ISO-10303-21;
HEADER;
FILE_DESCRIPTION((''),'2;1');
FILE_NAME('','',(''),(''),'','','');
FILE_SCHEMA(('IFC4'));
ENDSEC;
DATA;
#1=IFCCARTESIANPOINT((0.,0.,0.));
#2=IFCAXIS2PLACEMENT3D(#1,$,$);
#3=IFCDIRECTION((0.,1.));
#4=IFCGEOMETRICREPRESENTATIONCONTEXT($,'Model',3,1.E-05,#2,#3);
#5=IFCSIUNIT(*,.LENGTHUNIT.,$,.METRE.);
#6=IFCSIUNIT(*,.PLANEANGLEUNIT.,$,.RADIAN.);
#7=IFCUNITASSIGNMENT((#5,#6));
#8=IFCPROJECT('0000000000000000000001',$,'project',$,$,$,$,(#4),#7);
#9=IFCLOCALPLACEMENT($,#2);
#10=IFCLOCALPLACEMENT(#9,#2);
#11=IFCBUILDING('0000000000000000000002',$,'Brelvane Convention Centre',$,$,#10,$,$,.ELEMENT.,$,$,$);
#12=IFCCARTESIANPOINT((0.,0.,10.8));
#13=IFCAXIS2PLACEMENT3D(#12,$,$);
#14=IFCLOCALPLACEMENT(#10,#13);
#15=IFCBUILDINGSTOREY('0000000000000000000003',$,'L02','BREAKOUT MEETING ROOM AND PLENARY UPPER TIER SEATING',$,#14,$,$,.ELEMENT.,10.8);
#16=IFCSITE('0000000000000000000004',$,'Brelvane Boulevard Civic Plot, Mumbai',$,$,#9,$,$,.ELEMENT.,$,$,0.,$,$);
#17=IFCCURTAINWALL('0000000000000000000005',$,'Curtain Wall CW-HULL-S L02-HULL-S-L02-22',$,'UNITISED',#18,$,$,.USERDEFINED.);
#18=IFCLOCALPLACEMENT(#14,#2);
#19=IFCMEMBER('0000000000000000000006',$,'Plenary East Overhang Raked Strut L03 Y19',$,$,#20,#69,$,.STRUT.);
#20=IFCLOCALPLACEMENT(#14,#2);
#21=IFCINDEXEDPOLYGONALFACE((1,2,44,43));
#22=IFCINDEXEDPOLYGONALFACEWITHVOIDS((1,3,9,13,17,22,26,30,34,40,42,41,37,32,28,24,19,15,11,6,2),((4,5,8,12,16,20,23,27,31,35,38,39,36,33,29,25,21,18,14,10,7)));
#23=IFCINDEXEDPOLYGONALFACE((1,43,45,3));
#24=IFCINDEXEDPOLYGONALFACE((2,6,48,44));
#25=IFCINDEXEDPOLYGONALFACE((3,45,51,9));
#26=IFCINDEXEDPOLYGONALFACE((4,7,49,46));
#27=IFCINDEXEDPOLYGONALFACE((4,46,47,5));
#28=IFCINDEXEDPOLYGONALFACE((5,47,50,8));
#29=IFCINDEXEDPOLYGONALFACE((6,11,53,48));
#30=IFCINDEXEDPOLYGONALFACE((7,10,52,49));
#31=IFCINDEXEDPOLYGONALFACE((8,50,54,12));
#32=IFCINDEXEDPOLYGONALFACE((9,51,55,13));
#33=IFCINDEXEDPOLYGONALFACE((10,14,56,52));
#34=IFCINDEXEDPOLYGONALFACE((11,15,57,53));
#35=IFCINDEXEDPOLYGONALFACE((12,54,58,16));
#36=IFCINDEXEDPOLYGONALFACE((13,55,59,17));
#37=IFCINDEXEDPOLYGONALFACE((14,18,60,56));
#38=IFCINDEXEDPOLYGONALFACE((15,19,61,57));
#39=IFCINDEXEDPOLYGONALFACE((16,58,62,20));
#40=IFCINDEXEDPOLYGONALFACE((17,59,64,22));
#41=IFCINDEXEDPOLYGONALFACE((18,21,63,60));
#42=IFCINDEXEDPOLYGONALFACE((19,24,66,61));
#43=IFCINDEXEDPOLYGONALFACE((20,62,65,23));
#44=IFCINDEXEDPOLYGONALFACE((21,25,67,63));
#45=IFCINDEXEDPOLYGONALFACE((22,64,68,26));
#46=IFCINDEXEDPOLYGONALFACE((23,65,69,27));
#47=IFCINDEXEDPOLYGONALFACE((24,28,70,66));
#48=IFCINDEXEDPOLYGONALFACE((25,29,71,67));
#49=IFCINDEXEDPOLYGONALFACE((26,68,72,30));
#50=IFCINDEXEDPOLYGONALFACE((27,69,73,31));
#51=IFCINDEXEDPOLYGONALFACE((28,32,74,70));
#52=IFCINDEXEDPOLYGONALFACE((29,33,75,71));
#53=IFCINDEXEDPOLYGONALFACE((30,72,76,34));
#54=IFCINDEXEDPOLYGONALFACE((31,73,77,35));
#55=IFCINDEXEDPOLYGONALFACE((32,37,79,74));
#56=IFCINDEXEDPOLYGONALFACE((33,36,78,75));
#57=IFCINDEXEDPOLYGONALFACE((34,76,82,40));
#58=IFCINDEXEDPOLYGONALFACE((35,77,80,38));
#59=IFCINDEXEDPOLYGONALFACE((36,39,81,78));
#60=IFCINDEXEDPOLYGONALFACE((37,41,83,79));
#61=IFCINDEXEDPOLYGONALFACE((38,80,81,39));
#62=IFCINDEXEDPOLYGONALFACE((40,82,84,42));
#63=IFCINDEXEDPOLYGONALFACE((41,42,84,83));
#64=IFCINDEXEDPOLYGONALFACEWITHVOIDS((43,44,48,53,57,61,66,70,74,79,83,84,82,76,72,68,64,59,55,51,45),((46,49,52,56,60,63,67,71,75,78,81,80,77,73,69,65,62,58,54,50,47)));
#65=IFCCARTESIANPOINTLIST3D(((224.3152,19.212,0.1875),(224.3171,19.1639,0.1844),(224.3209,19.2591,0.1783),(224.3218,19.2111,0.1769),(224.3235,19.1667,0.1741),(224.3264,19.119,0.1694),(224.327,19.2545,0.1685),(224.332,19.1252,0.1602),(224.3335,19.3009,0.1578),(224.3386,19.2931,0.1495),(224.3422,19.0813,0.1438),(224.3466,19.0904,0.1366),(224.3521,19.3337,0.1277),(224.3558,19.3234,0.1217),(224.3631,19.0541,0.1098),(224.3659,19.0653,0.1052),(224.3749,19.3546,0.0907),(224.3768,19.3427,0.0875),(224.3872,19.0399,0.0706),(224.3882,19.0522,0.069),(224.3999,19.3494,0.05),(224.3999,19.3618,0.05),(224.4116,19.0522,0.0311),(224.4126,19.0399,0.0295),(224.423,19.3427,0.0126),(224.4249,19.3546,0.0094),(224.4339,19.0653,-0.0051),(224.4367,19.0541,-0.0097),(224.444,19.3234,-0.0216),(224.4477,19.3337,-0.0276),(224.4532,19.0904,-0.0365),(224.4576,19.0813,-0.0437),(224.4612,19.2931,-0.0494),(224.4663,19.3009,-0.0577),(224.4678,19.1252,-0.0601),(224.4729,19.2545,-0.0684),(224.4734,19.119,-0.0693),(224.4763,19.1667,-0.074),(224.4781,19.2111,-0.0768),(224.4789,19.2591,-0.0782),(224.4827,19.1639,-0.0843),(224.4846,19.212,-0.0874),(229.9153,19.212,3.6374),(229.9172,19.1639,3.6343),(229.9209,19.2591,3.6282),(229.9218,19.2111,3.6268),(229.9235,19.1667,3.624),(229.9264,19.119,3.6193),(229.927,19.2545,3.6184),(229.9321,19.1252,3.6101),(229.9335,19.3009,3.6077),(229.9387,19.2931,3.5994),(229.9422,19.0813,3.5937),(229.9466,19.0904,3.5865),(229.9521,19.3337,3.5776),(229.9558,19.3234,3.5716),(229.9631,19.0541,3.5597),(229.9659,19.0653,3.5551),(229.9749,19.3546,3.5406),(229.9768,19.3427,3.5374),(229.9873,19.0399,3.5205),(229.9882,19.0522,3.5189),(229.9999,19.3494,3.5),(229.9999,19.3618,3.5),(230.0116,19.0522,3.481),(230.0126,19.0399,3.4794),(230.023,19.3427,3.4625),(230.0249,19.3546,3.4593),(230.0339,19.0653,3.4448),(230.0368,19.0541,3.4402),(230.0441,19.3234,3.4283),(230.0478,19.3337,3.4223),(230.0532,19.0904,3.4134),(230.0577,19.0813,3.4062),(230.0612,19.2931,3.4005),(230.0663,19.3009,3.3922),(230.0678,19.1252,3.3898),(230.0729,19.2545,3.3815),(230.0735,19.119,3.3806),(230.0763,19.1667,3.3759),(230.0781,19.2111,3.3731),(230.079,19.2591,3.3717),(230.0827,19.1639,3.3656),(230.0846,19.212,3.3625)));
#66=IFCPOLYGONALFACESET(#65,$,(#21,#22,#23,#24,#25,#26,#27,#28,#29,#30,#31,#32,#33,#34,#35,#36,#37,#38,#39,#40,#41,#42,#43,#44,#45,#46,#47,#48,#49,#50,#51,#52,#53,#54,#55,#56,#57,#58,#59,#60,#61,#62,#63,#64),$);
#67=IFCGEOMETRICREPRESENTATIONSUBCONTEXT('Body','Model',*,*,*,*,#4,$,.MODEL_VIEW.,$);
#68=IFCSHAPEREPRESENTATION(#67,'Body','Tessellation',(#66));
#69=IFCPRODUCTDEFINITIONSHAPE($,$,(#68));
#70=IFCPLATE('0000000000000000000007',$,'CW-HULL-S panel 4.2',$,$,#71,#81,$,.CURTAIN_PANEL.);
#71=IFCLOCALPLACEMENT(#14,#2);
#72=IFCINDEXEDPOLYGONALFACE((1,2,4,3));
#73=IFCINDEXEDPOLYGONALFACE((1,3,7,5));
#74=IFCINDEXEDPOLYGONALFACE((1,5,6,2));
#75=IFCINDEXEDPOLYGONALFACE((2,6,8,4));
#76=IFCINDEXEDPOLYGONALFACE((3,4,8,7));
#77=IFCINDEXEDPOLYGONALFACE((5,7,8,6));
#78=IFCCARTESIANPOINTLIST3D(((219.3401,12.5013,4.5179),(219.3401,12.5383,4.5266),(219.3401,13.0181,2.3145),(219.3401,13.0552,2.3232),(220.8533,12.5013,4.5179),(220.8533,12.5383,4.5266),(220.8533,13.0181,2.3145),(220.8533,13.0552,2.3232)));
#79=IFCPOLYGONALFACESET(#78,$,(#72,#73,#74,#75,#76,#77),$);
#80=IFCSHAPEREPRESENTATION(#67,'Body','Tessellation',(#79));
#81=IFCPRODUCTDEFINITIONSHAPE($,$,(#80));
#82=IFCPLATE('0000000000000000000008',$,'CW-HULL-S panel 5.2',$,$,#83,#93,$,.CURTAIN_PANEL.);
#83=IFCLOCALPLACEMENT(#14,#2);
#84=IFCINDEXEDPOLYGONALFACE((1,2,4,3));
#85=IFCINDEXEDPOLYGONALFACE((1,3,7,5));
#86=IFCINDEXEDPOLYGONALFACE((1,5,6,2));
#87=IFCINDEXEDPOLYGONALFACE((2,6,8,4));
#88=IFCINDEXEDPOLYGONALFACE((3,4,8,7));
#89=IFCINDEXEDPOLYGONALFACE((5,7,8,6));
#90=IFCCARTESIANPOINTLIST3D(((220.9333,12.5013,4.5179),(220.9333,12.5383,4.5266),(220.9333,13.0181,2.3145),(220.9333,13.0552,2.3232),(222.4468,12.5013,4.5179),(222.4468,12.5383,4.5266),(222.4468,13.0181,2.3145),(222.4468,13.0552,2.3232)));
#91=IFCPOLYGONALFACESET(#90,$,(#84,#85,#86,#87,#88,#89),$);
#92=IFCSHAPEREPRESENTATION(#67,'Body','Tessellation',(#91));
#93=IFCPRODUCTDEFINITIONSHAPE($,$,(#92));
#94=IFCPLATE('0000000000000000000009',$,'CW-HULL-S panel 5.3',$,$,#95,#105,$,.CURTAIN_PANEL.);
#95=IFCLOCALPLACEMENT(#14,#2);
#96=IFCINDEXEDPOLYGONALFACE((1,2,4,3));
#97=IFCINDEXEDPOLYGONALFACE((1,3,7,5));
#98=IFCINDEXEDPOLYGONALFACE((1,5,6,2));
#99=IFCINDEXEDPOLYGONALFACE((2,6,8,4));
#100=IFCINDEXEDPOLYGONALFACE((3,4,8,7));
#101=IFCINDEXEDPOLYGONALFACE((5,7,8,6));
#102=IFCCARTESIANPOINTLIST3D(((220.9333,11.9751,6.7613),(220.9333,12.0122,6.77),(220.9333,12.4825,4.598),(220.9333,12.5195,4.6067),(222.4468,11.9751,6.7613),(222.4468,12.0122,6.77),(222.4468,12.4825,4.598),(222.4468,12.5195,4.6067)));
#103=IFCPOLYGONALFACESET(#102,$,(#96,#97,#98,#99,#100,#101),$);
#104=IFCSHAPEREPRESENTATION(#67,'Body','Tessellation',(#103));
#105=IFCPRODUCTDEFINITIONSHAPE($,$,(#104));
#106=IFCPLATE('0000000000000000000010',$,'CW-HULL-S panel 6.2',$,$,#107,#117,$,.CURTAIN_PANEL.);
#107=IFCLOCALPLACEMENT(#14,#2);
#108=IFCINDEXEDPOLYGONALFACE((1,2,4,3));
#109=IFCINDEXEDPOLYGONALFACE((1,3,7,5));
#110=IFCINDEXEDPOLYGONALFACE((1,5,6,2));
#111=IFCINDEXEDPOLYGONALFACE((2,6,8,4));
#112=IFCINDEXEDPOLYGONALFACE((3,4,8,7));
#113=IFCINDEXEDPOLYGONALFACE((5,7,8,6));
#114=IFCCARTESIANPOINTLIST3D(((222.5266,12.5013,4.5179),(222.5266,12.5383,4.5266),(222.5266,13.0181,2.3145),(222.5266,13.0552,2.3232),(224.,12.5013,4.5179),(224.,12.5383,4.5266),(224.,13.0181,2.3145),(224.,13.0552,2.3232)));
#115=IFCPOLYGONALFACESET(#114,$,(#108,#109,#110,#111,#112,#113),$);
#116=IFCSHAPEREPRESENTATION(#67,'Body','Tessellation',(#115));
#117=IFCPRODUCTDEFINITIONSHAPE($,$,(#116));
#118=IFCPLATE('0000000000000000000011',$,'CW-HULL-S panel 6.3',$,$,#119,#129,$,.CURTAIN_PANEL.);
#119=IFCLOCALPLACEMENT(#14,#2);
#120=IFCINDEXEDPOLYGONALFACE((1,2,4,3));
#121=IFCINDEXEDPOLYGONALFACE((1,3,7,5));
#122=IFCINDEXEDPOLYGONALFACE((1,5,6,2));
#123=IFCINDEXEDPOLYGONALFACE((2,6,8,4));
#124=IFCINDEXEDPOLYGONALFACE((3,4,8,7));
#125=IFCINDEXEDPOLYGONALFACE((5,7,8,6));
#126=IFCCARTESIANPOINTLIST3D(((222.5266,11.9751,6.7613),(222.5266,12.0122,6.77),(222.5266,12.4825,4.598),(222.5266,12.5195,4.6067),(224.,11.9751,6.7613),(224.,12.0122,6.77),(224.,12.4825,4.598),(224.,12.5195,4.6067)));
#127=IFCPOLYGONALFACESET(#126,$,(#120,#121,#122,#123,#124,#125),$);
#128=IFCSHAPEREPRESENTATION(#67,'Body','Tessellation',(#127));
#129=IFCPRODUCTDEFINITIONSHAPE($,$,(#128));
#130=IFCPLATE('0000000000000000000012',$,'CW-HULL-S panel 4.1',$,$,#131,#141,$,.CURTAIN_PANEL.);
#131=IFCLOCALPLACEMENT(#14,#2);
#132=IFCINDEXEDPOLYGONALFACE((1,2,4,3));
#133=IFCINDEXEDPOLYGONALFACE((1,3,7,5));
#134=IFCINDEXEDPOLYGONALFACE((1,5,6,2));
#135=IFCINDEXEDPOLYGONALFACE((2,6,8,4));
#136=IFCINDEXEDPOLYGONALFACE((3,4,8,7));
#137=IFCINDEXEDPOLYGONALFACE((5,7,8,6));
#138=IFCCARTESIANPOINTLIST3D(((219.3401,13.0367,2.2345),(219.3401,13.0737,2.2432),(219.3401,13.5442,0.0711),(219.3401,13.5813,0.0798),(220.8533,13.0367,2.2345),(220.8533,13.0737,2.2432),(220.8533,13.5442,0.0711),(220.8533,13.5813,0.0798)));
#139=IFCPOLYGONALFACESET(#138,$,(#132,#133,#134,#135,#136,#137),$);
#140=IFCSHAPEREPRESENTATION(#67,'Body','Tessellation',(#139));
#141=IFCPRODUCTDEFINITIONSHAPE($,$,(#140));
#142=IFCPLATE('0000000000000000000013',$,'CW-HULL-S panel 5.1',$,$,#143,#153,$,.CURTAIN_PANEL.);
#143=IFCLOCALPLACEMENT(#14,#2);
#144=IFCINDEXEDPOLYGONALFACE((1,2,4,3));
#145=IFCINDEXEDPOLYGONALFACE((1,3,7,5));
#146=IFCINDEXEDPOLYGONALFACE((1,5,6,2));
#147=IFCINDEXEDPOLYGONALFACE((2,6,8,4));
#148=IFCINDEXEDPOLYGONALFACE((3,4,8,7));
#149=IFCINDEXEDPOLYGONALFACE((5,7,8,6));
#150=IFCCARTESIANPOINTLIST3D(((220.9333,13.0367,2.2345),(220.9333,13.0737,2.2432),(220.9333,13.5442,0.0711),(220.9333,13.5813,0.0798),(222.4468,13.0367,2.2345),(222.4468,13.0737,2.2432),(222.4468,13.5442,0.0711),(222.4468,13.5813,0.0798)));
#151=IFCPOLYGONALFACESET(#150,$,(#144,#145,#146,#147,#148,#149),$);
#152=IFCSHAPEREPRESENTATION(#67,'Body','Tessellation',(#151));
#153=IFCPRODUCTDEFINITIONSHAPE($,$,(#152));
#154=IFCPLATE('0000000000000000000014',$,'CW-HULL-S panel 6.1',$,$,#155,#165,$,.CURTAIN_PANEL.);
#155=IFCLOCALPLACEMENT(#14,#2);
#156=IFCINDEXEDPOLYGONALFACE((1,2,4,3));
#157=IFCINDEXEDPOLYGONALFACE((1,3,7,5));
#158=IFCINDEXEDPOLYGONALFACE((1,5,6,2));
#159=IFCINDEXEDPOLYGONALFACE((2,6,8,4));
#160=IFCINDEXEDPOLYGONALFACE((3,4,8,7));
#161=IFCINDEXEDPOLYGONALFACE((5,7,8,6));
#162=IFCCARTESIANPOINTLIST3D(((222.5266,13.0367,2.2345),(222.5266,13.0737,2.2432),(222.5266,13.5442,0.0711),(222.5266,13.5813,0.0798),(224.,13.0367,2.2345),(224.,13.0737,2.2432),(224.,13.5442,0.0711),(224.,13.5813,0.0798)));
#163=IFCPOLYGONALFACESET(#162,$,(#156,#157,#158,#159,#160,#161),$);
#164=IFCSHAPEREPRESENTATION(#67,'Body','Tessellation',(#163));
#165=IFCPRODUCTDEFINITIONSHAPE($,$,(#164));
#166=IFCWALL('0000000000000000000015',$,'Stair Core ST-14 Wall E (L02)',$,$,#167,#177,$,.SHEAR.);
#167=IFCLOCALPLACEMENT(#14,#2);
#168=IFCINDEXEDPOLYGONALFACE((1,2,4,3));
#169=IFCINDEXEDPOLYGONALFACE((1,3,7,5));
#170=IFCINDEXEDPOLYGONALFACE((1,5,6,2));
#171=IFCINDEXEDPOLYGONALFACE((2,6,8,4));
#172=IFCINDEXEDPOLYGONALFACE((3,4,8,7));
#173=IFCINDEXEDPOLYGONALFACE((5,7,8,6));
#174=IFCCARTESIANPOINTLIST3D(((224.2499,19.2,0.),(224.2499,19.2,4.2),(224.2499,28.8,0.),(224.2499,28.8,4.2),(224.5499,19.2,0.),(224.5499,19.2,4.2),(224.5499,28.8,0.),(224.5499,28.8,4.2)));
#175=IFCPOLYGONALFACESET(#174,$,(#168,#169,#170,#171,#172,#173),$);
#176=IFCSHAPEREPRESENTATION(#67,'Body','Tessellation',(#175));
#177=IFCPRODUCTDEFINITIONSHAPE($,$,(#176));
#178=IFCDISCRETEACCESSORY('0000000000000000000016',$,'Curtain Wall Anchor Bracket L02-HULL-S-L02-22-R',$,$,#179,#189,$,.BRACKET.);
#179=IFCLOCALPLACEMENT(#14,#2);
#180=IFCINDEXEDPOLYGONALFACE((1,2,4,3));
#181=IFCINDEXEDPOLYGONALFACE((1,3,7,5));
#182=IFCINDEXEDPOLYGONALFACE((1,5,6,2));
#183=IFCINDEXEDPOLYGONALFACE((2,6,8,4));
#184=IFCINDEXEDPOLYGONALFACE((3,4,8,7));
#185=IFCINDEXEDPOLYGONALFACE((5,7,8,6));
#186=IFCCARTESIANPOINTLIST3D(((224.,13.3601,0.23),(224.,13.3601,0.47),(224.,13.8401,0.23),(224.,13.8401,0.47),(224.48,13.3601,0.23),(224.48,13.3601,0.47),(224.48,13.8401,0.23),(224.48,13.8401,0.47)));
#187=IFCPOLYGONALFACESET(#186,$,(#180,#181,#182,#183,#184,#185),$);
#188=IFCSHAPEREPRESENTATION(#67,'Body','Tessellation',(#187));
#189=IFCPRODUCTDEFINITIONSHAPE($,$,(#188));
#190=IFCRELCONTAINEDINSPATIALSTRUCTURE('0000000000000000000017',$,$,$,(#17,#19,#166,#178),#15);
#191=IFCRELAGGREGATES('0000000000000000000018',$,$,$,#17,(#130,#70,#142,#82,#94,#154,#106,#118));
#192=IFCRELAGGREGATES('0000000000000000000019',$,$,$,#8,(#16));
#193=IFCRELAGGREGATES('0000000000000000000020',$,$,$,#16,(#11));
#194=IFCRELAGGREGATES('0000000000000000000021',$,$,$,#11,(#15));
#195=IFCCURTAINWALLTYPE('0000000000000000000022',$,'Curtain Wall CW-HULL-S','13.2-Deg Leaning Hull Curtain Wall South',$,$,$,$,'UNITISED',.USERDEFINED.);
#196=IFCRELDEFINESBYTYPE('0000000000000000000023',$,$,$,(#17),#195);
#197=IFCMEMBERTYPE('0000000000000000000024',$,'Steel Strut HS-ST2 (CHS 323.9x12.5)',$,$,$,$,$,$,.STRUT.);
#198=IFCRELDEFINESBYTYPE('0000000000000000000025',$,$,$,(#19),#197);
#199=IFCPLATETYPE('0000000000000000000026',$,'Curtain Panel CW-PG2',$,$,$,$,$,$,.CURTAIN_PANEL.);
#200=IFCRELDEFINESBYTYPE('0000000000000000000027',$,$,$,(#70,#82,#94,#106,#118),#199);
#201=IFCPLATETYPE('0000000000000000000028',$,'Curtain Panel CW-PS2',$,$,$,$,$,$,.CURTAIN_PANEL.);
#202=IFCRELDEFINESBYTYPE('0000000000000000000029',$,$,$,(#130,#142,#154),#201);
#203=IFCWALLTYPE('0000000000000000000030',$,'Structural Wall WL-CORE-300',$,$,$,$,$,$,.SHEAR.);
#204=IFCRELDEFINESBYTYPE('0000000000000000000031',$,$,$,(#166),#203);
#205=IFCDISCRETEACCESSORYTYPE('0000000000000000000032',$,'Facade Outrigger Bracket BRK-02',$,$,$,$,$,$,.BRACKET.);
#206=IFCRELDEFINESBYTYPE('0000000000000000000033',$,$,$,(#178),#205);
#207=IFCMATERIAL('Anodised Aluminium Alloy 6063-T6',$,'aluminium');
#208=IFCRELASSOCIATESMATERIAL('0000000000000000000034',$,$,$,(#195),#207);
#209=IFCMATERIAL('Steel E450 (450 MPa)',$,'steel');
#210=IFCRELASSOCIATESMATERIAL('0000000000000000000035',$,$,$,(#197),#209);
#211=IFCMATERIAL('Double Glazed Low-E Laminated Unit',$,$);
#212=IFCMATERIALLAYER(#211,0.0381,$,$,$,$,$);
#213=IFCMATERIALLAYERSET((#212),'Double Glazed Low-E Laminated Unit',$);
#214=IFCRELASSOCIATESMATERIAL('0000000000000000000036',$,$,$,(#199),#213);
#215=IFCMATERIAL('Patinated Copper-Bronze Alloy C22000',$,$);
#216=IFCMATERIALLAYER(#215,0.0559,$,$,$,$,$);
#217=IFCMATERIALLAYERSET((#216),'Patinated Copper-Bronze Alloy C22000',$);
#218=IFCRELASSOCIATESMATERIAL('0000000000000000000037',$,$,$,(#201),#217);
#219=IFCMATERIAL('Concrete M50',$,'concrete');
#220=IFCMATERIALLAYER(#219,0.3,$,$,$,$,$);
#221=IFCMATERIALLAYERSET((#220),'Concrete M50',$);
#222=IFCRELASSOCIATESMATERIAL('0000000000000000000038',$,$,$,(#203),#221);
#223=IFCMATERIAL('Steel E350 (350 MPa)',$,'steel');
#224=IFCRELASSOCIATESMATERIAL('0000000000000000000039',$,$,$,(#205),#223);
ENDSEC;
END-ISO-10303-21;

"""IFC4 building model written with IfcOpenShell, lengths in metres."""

from ifc_helpers import new_model, si_unit, direction, frame, frame_2d, origin, origin_2d, place, context, subcontext, project, spatial, polyline, rectangle, hollow_circle, outline, extrude, material, layer, layer_set, material_profile, profile_set, type_object, element, aggregate, save


model = new_model("IFC4")

# Units and contexts
model_context = context("Model", 3, precision=1e-05, world=origin(), true_north=direction((0.0, 1.0)))
body_context = subcontext(model_context, "Body", "Model", "MODEL_VIEW")
ifc_project = project(units=[si_unit("LENGTHUNIT", "METRE"), si_unit("PLANEANGLEUNIT", "RADIAN")], contexts=[model_context])

# Site, building, storey
site_placement = place(None, origin())
site = spatial("IfcSite", under=ifc_project, at=site_placement, Name="Brelvane Boulevard Civic Plot, Mumbai", CompositionType="ELEMENT", RefElevation=0.0)
building_placement = place(site_placement, origin())
building = spatial("IfcBuilding", under=site, at=building_placement, Name="Brelvane Convention Centre", CompositionType="ELEMENT")
storey_placement = place(building_placement, frame((0.0, 0.0, 10.8)))
storey = spatial("IfcBuildingStorey", under=building, at=storey_placement, Name="L02", Description="BREAKOUT MEETING ROOM AND PLENARY UPPER TIER SEATING", CompositionType="ELEMENT", Elevation=10.8)

# Curtain wall
ifc_material_1 = material(Name="Anodised Aluminium Alloy 6063-T6", Category="aluminium")
curtain_wall_type_1 = type_object("IfcCurtainWallType", Name="Curtain Wall CW-HULL-S", Description="13.2-Deg Leaning Hull Curtain Wall South", ElementType="UNITISED", PredefinedType="USERDEFINED", material=ifc_material_1)
curtain_wall_1_placement = place(storey_placement, origin())
curtain_wall_1 = element("IfcCurtainWall", 1, at=curtain_wall_1_placement, inside=storey, type_object=curtain_wall_type_1, Name="Curtain Wall CW-HULL-S L02-HULL-S-L02-22", ObjectType="UNITISED", PredefinedType="USERDEFINED")

# Member
ifc_material_2 = material(Name="Steel E450 (450 MPa)", Category="steel")
ifc_material_profile_1 = material_profile(ifc_material_2, hollow_circle(Radius=0.1619, WallThickness=0.0125, at=origin_2d()), Name="CHS 323.9x12.5")
ifc_profile_set_1 = profile_set([ifc_material_profile_1], Name="Steel E450 (450 MPa)")
member_type_1 = type_object("IfcMemberType", Name="Steel Strut HS-ST2 (CHS 323.9x12.5)", PredefinedType="STRUT", material=ifc_profile_set_1)
member_1_placement = place(storey_placement, frame((224.3999, 19.2, 0.05), z_axis=(0.851405, 0.0, 0.524509), x_axis=(0.0, 1.0, 0.0)))
element("IfcMember", 2, at=member_1_placement, inside=storey, type_object=member_type_1, Name="Plenary East Overhang Raked Strut L03 Y19", PredefinedType="STRUT", context=body_context, shape_type="SweptSolid", body=[
    extrude(hollow_circle(Radius=0.1619, WallThickness=0.0125, at=origin_2d()), origin(), (0.0, 0.0, 1.0), 6.5774),
])

# Plates
ifc_material_3 = material(Name="Double Glazed Low-E Laminated Unit")
ifc_layer_1 = layer(ifc_material_3, 0.0381)
ifc_layer_set_1 = layer_set([ifc_layer_1], Name="Double Glazed Low-E Laminated Unit")
plate_type_1 = type_object("IfcPlateType", Name="Curtain Panel CW-PG2", PredefinedType="CURTAIN_PANEL", material=ifc_layer_set_1)
plate_1_placement = place(storey_placement, frame((219.3401, 13.0552, 2.3232), z_axis=(0.0, 0.973574, 0.228372), x_axis=(1.0, 0.0, 0.0)))
plate_1 = element("IfcPlate", 3, at=plate_1_placement, type_object=plate_type_1, Name="CW-HULL-S panel 4.2", PredefinedType="CURTAIN_PANEL", context=body_context, shape_type="SweptSolid", body=[
    extrude(outline(polyline([(0.0, 0.0), (1.5132, 0.0), (1.5132, -2.2632), (0.0, -2.2632), (0.0, 0.0)])), origin(), (0.0, 0.0, -1.0), 0.0381),
])
plate_2_placement = place(storey_placement, frame((220.9333, 13.0552, 2.3232), z_axis=(0.0, 0.973574, 0.228372), x_axis=(1.0, 0.0, 0.0)))
plate_2 = element("IfcPlate", 4, at=plate_2_placement, type_object=plate_type_1, Name="CW-HULL-S panel 5.2", PredefinedType="CURTAIN_PANEL", context=body_context, shape_type="SweptSolid", body=[
    extrude(outline(polyline([(0.0, 0.0), (1.5134, 0.0), (1.5134, -2.2632), (0.0, -2.2632), (0.0, 0.0)])), origin(), (0.0, 0.0, -1.0), 0.0381),
])
plate_3_placement = place(storey_placement, frame((220.9333, 12.5195, 4.6067), z_axis=(0.0, 0.973587, 0.228317), x_axis=(1.0, 0.0, 0.0)))
plate_3 = element("IfcPlate", 5, at=plate_3_placement, type_object=plate_type_1, Name="CW-HULL-S panel 5.3", PredefinedType="CURTAIN_PANEL", context=body_context, shape_type="SweptSolid", body=[
    extrude(outline(polyline([(0.0, 0.0), (1.5134, 0.0), (1.5134, -2.222), (0.0, -2.222), (0.0, 0.0)])), origin(), (0.0, 0.0, -1.0), 0.0381),
])
plate_4_placement = place(storey_placement, frame((222.5266, 13.0552, 2.3232), z_axis=(0.0, 0.973574, 0.228372), x_axis=(1.0, 0.0, 0.0)))
plate_4 = element("IfcPlate", 6, at=plate_4_placement, type_object=plate_type_1, Name="CW-HULL-S panel 6.2", PredefinedType="CURTAIN_PANEL", context=body_context, shape_type="SweptSolid", body=[
    extrude(outline(polyline([(0.0, 0.0), (1.4734, 0.0), (1.4734, -2.2632), (0.0, -2.2632), (0.0, 0.0)])), origin(), (0.0, 0.0, -1.0), 0.0381),
])
plate_5_placement = place(storey_placement, frame((222.5266, 12.5195, 4.6067), z_axis=(0.0, 0.973587, 0.228317), x_axis=(1.0, 0.0, 0.0)))
plate_5 = element("IfcPlate", 7, at=plate_5_placement, type_object=plate_type_1, Name="CW-HULL-S panel 6.3", PredefinedType="CURTAIN_PANEL", context=body_context, shape_type="SweptSolid", body=[
    extrude(outline(polyline([(0.0, 0.0), (1.4734, 0.0), (1.4734, -2.222), (0.0, -2.222), (0.0, 0.0)])), origin(), (0.0, 0.0, -1.0), 0.0381),
])
ifc_material_4 = material(Name="Patinated Copper-Bronze Alloy C22000")
ifc_layer_2 = layer(ifc_material_4, 0.0559)
ifc_layer_set_2 = layer_set([ifc_layer_2], Name="Patinated Copper-Bronze Alloy C22000")
plate_type_2 = type_object("IfcPlateType", Name="Curtain Panel CW-PS2", PredefinedType="CURTAIN_PANEL", material=ifc_layer_set_2)
plate_6_placement = place(storey_placement, frame((219.3401, 13.5813, 0.0798), z_axis=(0.0, 0.973563, 0.228421), x_axis=(1.0, 0.0, 0.0)))
plate_6 = element("IfcPlate", 8, at=plate_6_placement, type_object=plate_type_2, Name="CW-HULL-S panel 4.1", PredefinedType="CURTAIN_PANEL", context=body_context, shape_type="SweptSolid", body=[
    extrude(outline(polyline([(0.0, 0.0), (1.5132, 0.0), (1.5132, -2.2221), (0.0, -2.2221), (0.0, 0.0)])), origin(), (0.0, 0.0, -1.0), 0.0381),
])
plate_7_placement = place(storey_placement, frame((220.9333, 13.5813, 0.0798), z_axis=(0.0, 0.973563, 0.228421), x_axis=(1.0, 0.0, 0.0)))
plate_7 = element("IfcPlate", 9, at=plate_7_placement, type_object=plate_type_2, Name="CW-HULL-S panel 5.1", PredefinedType="CURTAIN_PANEL", context=body_context, shape_type="SweptSolid", body=[
    extrude(outline(polyline([(0.0, 0.0), (1.5134, 0.0), (1.5134, -2.2221), (0.0, -2.2221), (0.0, 0.0)])), origin(), (0.0, 0.0, -1.0), 0.0381),
])
plate_8_placement = place(storey_placement, frame((222.5266, 13.5813, 0.0798), z_axis=(0.0, 0.973563, 0.228421), x_axis=(1.0, 0.0, 0.0)))
plate_8 = element("IfcPlate", 10, at=plate_8_placement, type_object=plate_type_2, Name="CW-HULL-S panel 6.1", PredefinedType="CURTAIN_PANEL", context=body_context, shape_type="SweptSolid", body=[
    extrude(outline(polyline([(0.0, 0.0), (1.4734, 0.0), (1.4734, -2.2221), (0.0, -2.2221), (0.0, 0.0)])), origin(), (0.0, 0.0, -1.0), 0.0381),
])
aggregate(curtain_wall_1, [plate_6, plate_1, plate_7, plate_2, plate_3, plate_8, plate_4, plate_5])

# Wall
ifc_material_5 = material(Name="Concrete M50", Category="concrete")
ifc_layer_3 = layer(ifc_material_5, 0.3)
ifc_layer_set_3 = layer_set([ifc_layer_3], Name="Concrete M50")
wall_type = type_object("IfcWallType", Name="Structural Wall WL-CORE-300", PredefinedType="SHEAR", material=ifc_layer_set_3)
wall_placement = place(storey_placement, frame((224.3999, 19.2, 0.0), z_axis=(0.0, 0.0, 1.0), x_axis=(0.0, 1.0, 0.0)))
element("IfcWall", 11, at=wall_placement, inside=storey, type_object=wall_type, Name="Stair Core ST-14 Wall E (L02)", PredefinedType="SHEAR", context=body_context, shape_type="SweptSolid", body=[
    extrude(rectangle(XDim=9.6001, YDim=0.3, at=frame_2d((4.8, 0.0))), origin(), (0.0, 0.0, 1.0), 4.2),
])

# Discrete accessory
ifc_material_6 = material(Name="Steel E350 (350 MPa)", Category="steel")
discrete_accessory_type = type_object("IfcDiscreteAccessoryType", Name="Facade Outrigger Bracket BRK-02", PredefinedType="BRACKET", material=ifc_material_6)
for number, where, z_axis, x_axis, name in (
    (12, (224.24, 13.6001, 0.23), (0.0, 0.0, 1.0), (1.0, 0.0, 0.0), "Curtain Wall Anchor Bracket L02-HULL-S-L02-22-R"),
):
    element("IfcDiscreteAccessory", number, at=place(storey_placement, frame(where, z_axis=z_axis, x_axis=x_axis)), inside=storey, type_object=discrete_accessory_type, Name=name, PredefinedType="BRACKET", context=body_context, shape_type="SweptSolid", body=[
        extrude(rectangle(XDim=0.48, YDim=0.48, at=origin_2d()), origin(), (0.0, 0.0, 1.0), 0.24),
    ])

save(model, "model.ifc")
